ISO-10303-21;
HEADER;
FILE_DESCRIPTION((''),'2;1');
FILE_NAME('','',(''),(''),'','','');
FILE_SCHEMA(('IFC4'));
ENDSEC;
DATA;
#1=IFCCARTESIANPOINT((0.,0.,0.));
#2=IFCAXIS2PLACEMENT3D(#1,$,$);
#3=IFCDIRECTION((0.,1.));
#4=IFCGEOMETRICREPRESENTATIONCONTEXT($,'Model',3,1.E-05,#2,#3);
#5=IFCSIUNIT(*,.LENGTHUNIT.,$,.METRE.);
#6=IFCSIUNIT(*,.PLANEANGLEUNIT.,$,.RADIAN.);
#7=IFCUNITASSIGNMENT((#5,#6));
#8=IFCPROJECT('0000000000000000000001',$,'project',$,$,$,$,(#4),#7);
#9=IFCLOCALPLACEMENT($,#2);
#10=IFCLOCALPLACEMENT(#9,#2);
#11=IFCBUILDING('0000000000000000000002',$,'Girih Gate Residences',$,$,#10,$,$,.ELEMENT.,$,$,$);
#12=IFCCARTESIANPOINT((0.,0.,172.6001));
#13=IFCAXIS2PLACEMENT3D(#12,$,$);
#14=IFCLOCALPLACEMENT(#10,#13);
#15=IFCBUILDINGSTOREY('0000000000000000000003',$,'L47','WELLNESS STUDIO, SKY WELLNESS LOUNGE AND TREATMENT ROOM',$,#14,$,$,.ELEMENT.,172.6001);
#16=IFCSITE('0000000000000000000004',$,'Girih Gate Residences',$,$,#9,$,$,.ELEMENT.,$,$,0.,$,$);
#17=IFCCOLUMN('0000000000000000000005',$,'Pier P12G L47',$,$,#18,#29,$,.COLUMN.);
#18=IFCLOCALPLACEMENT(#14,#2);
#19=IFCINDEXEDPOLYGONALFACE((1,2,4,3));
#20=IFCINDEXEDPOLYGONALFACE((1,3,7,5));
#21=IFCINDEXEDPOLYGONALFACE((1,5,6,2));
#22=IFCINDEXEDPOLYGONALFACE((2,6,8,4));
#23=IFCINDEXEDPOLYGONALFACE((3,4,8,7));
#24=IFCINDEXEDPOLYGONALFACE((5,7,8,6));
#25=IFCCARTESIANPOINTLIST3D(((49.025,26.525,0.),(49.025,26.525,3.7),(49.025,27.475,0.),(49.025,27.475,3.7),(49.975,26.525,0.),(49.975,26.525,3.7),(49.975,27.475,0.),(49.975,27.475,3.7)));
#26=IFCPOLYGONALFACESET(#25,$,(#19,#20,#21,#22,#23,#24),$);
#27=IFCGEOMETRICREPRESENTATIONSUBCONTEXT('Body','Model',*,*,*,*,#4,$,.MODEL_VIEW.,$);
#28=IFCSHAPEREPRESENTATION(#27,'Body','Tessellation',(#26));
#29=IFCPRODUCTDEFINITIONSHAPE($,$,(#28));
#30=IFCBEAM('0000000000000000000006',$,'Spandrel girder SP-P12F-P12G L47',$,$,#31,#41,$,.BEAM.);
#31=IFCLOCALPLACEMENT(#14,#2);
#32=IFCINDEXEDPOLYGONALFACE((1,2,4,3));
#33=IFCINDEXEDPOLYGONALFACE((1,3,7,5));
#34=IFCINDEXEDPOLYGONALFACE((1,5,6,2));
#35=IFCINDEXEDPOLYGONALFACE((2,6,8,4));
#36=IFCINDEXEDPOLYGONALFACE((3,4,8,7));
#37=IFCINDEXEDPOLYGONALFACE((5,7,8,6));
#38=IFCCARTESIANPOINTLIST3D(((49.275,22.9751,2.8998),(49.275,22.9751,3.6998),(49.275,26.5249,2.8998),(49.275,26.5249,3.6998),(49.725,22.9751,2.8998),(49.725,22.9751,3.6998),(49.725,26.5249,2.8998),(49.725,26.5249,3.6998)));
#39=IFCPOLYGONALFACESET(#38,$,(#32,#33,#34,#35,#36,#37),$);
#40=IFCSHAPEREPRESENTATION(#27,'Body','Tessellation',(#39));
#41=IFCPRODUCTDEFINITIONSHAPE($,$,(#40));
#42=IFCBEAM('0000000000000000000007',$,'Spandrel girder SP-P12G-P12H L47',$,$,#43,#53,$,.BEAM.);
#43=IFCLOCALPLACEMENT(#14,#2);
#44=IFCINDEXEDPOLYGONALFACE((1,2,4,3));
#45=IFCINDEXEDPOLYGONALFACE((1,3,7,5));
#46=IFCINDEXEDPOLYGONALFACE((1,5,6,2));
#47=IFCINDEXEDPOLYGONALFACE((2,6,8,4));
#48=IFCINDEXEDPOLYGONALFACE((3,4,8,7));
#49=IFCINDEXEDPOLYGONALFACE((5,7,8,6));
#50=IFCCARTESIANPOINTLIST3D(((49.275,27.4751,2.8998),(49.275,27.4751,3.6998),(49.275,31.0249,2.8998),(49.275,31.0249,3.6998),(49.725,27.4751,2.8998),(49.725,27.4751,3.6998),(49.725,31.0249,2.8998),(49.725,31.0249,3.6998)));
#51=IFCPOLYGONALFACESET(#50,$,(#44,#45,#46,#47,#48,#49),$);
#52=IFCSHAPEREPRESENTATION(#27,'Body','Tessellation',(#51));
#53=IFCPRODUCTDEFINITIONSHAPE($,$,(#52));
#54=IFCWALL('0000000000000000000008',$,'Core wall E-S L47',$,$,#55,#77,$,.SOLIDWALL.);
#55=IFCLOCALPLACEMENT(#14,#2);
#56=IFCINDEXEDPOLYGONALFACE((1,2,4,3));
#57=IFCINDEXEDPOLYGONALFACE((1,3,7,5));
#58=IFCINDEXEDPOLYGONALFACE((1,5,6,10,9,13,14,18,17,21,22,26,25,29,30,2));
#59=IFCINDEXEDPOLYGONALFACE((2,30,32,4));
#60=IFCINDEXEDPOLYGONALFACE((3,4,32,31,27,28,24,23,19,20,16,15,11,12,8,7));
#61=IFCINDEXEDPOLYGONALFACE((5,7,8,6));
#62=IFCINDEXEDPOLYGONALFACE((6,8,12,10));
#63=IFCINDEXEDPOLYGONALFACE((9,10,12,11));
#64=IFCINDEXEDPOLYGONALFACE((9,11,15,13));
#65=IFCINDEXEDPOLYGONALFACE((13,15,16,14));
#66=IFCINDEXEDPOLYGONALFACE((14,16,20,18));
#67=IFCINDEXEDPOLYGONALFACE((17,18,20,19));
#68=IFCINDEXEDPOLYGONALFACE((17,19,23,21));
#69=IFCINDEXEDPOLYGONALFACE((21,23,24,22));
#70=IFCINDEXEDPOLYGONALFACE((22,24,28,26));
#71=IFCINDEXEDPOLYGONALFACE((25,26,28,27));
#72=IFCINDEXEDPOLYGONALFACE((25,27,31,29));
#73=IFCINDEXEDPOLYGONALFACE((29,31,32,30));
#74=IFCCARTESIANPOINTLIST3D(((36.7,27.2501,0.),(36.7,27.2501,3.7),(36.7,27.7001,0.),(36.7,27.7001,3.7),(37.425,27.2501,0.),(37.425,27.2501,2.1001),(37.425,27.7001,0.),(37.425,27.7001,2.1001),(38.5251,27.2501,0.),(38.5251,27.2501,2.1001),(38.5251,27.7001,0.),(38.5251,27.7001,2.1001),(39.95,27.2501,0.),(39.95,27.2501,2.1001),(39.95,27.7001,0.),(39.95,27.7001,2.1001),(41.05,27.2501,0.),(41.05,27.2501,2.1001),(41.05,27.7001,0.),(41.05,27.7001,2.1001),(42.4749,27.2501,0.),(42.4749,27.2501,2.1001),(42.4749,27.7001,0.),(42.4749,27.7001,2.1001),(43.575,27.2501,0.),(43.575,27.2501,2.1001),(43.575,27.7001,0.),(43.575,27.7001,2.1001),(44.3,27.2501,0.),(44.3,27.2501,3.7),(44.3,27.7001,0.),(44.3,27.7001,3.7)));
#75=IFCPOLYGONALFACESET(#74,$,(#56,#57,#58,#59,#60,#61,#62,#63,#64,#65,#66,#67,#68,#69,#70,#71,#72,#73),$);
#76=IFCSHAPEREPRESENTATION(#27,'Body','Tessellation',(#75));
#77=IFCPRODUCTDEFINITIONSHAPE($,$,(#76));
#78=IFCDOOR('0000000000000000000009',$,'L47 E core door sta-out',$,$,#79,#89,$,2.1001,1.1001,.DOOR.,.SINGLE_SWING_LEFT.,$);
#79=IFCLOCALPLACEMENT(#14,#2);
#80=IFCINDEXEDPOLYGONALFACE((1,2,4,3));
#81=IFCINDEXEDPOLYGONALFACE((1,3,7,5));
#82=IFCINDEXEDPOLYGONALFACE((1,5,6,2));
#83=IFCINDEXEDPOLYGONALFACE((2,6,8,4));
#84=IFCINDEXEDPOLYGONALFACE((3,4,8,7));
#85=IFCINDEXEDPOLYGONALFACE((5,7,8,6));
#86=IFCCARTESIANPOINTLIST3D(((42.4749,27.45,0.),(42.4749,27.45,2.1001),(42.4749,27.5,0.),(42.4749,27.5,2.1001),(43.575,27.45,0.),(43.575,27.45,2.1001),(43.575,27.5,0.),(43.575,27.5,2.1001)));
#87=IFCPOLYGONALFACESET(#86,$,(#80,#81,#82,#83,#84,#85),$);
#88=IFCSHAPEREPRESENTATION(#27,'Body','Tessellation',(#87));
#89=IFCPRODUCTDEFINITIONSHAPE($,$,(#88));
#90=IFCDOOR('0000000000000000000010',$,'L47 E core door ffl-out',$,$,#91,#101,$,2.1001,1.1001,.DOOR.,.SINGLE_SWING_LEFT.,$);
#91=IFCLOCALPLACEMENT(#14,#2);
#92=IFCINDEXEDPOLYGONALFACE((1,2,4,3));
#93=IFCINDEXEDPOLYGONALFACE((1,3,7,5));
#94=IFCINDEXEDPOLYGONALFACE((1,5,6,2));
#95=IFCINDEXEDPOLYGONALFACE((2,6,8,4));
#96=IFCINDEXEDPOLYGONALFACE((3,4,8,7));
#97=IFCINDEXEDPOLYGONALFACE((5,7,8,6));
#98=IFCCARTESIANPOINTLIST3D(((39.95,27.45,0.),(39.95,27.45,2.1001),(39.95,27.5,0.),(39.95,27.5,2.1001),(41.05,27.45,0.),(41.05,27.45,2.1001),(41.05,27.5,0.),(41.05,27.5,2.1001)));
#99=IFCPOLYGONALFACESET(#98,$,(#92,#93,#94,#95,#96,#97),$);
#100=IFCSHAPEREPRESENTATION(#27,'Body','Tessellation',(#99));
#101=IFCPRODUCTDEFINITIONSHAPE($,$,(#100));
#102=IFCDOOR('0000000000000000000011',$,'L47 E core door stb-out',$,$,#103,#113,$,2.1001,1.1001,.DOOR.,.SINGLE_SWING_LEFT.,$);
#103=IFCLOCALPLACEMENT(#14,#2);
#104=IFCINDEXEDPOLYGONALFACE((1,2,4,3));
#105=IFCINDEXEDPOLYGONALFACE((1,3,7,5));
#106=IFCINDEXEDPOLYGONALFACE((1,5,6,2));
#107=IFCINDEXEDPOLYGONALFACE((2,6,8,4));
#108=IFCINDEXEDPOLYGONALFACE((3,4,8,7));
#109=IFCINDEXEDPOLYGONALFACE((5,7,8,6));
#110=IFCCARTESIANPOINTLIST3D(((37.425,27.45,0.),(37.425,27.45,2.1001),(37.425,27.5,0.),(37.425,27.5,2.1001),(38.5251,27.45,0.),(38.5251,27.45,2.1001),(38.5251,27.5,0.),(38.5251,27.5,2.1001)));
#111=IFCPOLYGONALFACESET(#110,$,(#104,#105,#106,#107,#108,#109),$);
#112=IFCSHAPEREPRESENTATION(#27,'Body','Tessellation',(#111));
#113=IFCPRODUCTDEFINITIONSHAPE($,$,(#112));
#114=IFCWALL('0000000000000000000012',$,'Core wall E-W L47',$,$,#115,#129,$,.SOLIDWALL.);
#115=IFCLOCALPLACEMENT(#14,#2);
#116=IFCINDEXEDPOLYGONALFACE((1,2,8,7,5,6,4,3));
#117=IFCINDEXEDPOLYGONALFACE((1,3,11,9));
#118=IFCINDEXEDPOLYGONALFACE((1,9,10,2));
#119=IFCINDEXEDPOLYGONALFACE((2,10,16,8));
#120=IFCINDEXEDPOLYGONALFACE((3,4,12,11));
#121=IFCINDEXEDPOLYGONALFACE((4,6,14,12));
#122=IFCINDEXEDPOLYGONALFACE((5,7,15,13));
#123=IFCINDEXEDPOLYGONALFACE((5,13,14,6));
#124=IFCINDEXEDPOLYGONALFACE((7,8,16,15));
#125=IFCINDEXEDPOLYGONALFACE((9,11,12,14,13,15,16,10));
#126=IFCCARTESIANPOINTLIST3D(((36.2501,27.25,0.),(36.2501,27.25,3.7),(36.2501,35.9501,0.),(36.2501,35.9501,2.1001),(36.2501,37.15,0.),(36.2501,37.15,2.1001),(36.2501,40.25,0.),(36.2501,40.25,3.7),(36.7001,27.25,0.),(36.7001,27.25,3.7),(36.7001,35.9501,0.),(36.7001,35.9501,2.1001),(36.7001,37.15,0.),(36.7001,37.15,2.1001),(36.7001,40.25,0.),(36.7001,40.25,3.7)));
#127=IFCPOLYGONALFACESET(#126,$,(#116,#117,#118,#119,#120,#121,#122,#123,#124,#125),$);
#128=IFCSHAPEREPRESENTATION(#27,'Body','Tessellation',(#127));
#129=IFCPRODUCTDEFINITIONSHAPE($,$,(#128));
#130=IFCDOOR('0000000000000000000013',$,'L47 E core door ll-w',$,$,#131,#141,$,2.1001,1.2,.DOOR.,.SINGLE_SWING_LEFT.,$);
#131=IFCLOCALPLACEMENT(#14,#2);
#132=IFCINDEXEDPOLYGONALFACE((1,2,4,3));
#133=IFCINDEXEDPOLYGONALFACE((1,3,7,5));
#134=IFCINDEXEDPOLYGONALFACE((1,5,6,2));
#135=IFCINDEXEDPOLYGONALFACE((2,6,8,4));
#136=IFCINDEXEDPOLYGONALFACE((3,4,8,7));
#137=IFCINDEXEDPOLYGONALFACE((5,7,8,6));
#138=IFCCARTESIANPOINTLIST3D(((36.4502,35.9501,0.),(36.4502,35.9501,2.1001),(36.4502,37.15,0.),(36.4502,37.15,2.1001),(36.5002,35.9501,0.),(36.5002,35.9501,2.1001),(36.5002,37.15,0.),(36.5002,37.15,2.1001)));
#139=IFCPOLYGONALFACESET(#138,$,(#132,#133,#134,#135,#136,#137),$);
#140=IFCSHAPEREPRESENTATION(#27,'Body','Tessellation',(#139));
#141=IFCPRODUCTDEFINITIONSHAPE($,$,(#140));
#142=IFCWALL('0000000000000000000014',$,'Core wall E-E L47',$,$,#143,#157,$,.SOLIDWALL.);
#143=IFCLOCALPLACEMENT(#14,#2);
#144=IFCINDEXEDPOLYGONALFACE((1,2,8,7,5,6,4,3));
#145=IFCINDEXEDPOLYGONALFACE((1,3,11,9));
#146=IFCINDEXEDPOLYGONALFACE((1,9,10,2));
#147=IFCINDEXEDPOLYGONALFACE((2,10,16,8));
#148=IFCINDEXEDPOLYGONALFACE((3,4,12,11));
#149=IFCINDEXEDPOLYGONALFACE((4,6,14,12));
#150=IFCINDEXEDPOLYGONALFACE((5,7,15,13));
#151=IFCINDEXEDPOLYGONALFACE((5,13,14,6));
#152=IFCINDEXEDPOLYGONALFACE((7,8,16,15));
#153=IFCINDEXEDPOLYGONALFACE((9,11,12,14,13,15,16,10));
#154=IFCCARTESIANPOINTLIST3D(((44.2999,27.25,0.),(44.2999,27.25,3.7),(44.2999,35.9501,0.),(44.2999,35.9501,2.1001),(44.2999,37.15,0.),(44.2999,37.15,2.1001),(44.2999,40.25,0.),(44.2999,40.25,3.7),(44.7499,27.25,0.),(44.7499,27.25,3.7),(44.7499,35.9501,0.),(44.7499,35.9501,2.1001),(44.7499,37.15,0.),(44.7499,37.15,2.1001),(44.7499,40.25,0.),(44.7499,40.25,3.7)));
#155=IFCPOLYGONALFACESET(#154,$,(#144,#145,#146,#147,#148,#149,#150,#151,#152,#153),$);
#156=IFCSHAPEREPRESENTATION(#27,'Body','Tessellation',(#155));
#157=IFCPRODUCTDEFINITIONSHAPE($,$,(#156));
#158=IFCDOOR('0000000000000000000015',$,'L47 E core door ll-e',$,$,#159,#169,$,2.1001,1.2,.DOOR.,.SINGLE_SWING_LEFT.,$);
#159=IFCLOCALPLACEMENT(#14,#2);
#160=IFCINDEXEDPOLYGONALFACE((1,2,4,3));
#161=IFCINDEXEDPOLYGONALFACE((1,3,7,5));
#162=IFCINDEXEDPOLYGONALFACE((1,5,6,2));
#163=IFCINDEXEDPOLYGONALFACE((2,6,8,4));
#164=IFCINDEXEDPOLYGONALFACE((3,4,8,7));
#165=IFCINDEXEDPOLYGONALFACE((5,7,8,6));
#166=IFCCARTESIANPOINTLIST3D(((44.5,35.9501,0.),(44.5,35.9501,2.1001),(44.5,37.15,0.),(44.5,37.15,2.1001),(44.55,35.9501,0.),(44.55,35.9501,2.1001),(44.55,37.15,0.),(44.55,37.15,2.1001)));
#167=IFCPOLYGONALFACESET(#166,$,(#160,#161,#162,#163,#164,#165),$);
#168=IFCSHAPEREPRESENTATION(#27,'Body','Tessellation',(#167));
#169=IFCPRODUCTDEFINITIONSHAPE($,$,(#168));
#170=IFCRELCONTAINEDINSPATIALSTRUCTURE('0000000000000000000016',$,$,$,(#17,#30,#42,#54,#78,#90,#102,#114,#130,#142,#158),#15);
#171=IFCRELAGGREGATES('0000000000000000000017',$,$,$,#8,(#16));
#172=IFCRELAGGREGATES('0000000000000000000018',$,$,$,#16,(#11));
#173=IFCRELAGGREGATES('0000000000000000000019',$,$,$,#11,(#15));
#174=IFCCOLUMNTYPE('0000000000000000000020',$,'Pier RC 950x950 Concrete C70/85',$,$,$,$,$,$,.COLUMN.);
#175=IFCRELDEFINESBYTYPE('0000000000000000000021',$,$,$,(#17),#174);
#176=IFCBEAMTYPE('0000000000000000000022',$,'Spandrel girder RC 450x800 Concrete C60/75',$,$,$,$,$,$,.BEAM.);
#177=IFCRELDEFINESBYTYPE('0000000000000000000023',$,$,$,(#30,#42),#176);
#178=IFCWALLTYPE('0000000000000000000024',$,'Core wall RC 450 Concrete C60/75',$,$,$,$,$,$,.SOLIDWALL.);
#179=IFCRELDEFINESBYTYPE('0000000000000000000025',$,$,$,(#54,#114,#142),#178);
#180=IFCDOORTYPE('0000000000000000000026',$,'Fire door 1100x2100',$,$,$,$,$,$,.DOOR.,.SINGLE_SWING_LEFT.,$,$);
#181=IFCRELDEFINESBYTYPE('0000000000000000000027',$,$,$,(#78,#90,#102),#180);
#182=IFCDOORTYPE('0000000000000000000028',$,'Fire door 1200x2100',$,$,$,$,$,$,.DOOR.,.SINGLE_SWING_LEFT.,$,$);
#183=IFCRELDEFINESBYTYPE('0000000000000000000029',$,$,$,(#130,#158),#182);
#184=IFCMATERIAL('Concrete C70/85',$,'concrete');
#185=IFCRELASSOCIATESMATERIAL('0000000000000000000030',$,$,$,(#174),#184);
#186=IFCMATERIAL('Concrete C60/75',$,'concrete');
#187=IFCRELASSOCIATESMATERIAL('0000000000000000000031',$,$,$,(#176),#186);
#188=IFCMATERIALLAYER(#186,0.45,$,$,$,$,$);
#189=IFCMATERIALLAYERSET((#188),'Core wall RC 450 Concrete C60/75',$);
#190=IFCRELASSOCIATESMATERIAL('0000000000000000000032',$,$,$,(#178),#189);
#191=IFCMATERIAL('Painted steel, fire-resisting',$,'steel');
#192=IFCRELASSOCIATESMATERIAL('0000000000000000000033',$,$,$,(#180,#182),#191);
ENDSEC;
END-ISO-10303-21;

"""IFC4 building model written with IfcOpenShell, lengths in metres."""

from ifc_helpers import new_model, si_unit, direction, frame, frame_2d, origin, origin_2d, place, context, subcontext, project, spatial, rectangle, extrude, material, layer, layer_set, material_profile, profile_set, type_object, element, fill, save


model = new_model("IFC4")

# Units and contexts
model_context = context("Model", 3, precision=1e-05, world=origin(), true_north=direction((0.0, 1.0)))
body_context = subcontext(model_context, "Body", "Model", "MODEL_VIEW")
ifc_project = project(units=[si_unit("LENGTHUNIT", "METRE"), si_unit("PLANEANGLEUNIT", "RADIAN")], contexts=[model_context])

# Site, building, storey
site_placement = place(None, origin())
site = spatial("IfcSite", under=ifc_project, at=site_placement, Name="Girih Gate Residences", CompositionType="ELEMENT", RefElevation=0.0)
building_placement = place(site_placement, origin())
building = spatial("IfcBuilding", under=site, at=building_placement, Name="Girih Gate Residences", CompositionType="ELEMENT")
storey_placement = place(building_placement, frame((0.0, 0.0, 172.6001)))
storey = spatial("IfcBuildingStorey", under=building, at=storey_placement, Name="L47", Description="WELLNESS STUDIO, SKY WELLNESS LOUNGE AND TREATMENT ROOM", CompositionType="ELEMENT", Elevation=172.6001)

# Column
ifc_material_1 = material(Name="Concrete C70/85", Category="concrete")
ifc_material_profile_1 = material_profile(ifc_material_1, rectangle(XDim=0.95, YDim=0.95, at=origin_2d()))
ifc_profile_set_1 = profile_set([ifc_material_profile_1], Name="Concrete C70/85")
column_type = type_object("IfcColumnType", Name="Pier RC 950x950 Concrete C70/85", PredefinedType="COLUMN", material=ifc_profile_set_1)
column_placement = place(storey_placement, frame((49.5, 27.0, 0.0), z_axis=(0.0, 0.0, 1.0), x_axis=(1.0, 0.0, 0.0)))
element("IfcColumn", 1, at=column_placement, inside=storey, type_object=column_type, Name="Pier P12G L47", PredefinedType="COLUMN", context=body_context, shape_type="SweptSolid", body=[
    extrude(rectangle(XDim=0.95, YDim=0.95, at=origin_2d()), origin(), (0.0, 0.0, 1.0), 3.7),
])

# Beams
ifc_material_2 = material(Name="Concrete C60/75", Category="concrete")
ifc_material_profile_2 = material_profile(ifc_material_2, rectangle(XDim=0.45, YDim=0.8, at=origin_2d()))
ifc_profile_set_2 = profile_set([ifc_material_profile_2], Name="Concrete C60/75")
beam_type = type_object("IfcBeamType", Name="Spandrel girder RC 450x800 Concrete C60/75", PredefinedType="BEAM", material=ifc_profile_set_2)
for number, where, z_axis, x_axis, name in (
    (2, (49.5, 22.9751, 3.2998), (0.0, 1.0, 0.0), (-1.0, 0.0, 0.0), "Spandrel girder SP-P12F-P12G L47"),
    (3, (49.5, 27.4751, 3.2998), (0.0, 1.0, 0.0), (-1.0, 0.0, 0.0), "Spandrel girder SP-P12G-P12H L47"),
):
    element("IfcBeam", number, at=place(storey_placement, frame(where, z_axis=z_axis, x_axis=x_axis)), inside=storey, type_object=beam_type, Name=name, PredefinedType="BEAM", context=body_context, shape_type="SweptSolid", body=[
        extrude(rectangle(XDim=0.45, YDim=0.8, at=origin_2d()), origin(), (0.0, 0.0, 1.0), 3.5498),
    ])

# Wall, openings, doors
ifc_layer_1 = layer(ifc_material_2, 0.45)
ifc_layer_set_1 = layer_set([ifc_layer_1], Name="Core wall RC 450 Concrete C60/75")
wall_type_1 = type_object("IfcWallType", Name="Core wall RC 450 Concrete C60/75", PredefinedType="SOLIDWALL", material=ifc_layer_set_1)
wall_1_placement = place(storey_placement, frame((36.7, 27.4751, 0.0), z_axis=(0.0, 0.0, 1.0), x_axis=(1.0, 0.0, 0.0)))
wall_1 = element("IfcWall", 4, at=wall_1_placement, inside=storey, type_object=wall_type_1, Name="Core wall E-S L47", PredefinedType="SOLIDWALL", context=body_context, shape_type="SweptSolid", body=[
    extrude(rectangle(XDim=7.6001, YDim=0.45, at=frame_2d((3.8, 0.0))), origin(), (0.0, 0.0, 1.0), 3.7),
])
opening_1_placement = place(wall_1_placement, frame((5.7749, 0.0, 0.0)))
opening_1 = element("IfcOpeningElement", 5, at=opening_1_placement, cuts=wall_1, PredefinedType="OPENING", context=body_context, shape_type="SweptSolid", body=[
    extrude(rectangle(XDim=1.1001, YDim=2.1001, at=frame_2d((0.55, 1.05))), frame((0.0, 0.2349, 0.0), z_axis=(0.0, -1.0, 0.0), x_axis=(1.0, 0.0, 0.0)), (0.0, 0.0, 1.0), 0.47),
])
opening_2_placement = place(wall_1_placement, frame((3.25, 0.0, 0.0)))
opening_2 = element("IfcOpeningElement", 6, at=opening_2_placement, cuts=wall_1, PredefinedType="OPENING", context=body_context, shape_type="SweptSolid", body=[
    extrude(rectangle(XDim=1.1001, YDim=2.1001, at=frame_2d((0.55, 1.05))), frame((0.0, 0.2349, 0.0), z_axis=(0.0, -1.0, 0.0), x_axis=(1.0, 0.0, 0.0)), (0.0, 0.0, 1.0), 0.47),
])
opening_3_placement = place(wall_1_placement, frame((0.7251, 0.0, 0.0)))
opening_3 = element("IfcOpeningElement", 7, at=opening_3_placement, cuts=wall_1, PredefinedType="OPENING", context=body_context, shape_type="SweptSolid", body=[
    extrude(rectangle(XDim=1.1001, YDim=2.1001, at=frame_2d((0.55, 1.05))), frame((0.0, 0.2349, 0.0), z_axis=(0.0, -1.0, 0.0), x_axis=(1.0, 0.0, 0.0)), (0.0, 0.0, 1.0), 0.47),
])
ifc_material_3 = material(Name="Painted steel, fire-resisting", Category="steel")
door_type_1 = type_object("IfcDoorType", Name="Fire door 1100x2100", OperationType="SINGLE_SWING_LEFT", PredefinedType="DOOR", material=ifc_material_3)
door_1_placement = place(opening_1_placement, origin())
door_1 = element("IfcDoor", 8, at=door_1_placement, inside=storey, type_object=door_type_1, Name="L47 E core door sta-out", OperationType="SINGLE_SWING_LEFT", OverallHeight=2.1001, OverallWidth=1.1001, PredefinedType="DOOR", context=body_context, shape_type="SweptSolid", body=[
    extrude(rectangle(XDim=1.1001, YDim=2.1001, at=frame_2d((0.55, 1.05))), frame((0.0, 0.0249, 0.0), z_axis=(0.0, -1.0, 0.0), x_axis=(1.0, 0.0, 0.0)), (0.0, 0.0, 1.0), 0.05),
])
fill(opening_1, door_1)
door_2_placement = place(opening_2_placement, origin())
door_2 = element("IfcDoor", 9, at=door_2_placement, inside=storey, type_object=door_type_1, Name="L47 E core door ffl-out", OperationType="SINGLE_SWING_LEFT", OverallHeight=2.1001, OverallWidth=1.1001, PredefinedType="DOOR", context=body_context, shape_type="SweptSolid", body=[
    extrude(rectangle(XDim=1.1001, YDim=2.1001, at=frame_2d((0.55, 1.05))), frame((0.0, 0.0249, 0.0), z_axis=(0.0, -1.0, 0.0), x_axis=(1.0, 0.0, 0.0)), (0.0, 0.0, 1.0), 0.05),
])
fill(opening_2, door_2)
door_3_placement = place(opening_3_placement, origin())
door_3 = element("IfcDoor", 10, at=door_3_placement, inside=storey, type_object=door_type_1, Name="L47 E core door stb-out", OperationType="SINGLE_SWING_LEFT", OverallHeight=2.1001, OverallWidth=1.1001, PredefinedType="DOOR", context=body_context, shape_type="SweptSolid", body=[
    extrude(rectangle(XDim=1.1001, YDim=2.1001, at=frame_2d((0.55, 1.05))), frame((0.0, 0.0249, 0.0), z_axis=(0.0, -1.0, 0.0), x_axis=(1.0, 0.0, 0.0)), (0.0, 0.0, 1.0), 0.05),
])
fill(opening_3, door_3)

# Walls, openings, doors
wall_2_placement = place(storey_placement, frame((36.4751, 27.25, 0.0), z_axis=(0.0, 0.0, 1.0), x_axis=(0.0, 1.0, 0.0)))
wall_2 = element("IfcWall", 11, at=wall_2_placement, inside=storey, type_object=wall_type_1, Name="Core wall E-W L47", PredefinedType="SOLIDWALL", context=body_context, shape_type="SweptSolid", body=[
    extrude(rectangle(XDim=13.0, YDim=0.45, at=frame_2d((6.5, 0.0))), origin(), (0.0, 0.0, 1.0), 3.7),
])
opening_4_placement = place(wall_2_placement, frame((8.7, 0.0, 0.0)))
opening_4 = element("IfcOpeningElement", 12, at=opening_4_placement, cuts=wall_2, PredefinedType="OPENING", context=body_context, shape_type="SweptSolid", body=[
    extrude(rectangle(XDim=1.2, YDim=2.1001, at=frame_2d((0.6001, 1.05))), frame((0.0, 0.2349, 0.0), z_axis=(0.0, -1.0, 0.0), x_axis=(1.0, 0.0, 0.0)), (0.0, 0.0, 1.0), 0.47),
])
door_type_2 = type_object("IfcDoorType", Name="Fire door 1200x2100", OperationType="SINGLE_SWING_LEFT", PredefinedType="DOOR", material=ifc_material_3)
door_4_placement = place(opening_4_placement, origin())
door_4 = element("IfcDoor", 13, at=door_4_placement, inside=storey, type_object=door_type_2, Name="L47 E core door ll-w", OperationType="SINGLE_SWING_LEFT", OverallHeight=2.1001, OverallWidth=1.2, PredefinedType="DOOR", context=body_context, shape_type="SweptSolid", body=[
    extrude(rectangle(XDim=1.2, YDim=2.1001, at=frame_2d((0.6001, 1.05))), frame((0.0, 0.0249, 0.0), z_axis=(0.0, -1.0, 0.0), x_axis=(1.0, 0.0, 0.0)), (0.0, 0.0, 1.0), 0.05),
])
fill(opening_4, door_4)
wall_3_placement = place(storey_placement, frame((44.5249, 27.25, 0.0), z_axis=(0.0, 0.0, 1.0), x_axis=(0.0, 1.0, 0.0)))
wall_3 = element("IfcWall", 14, at=wall_3_placement, inside=storey, type_object=wall_type_1, Name="Core wall E-E L47", PredefinedType="SOLIDWALL", context=body_context, shape_type="SweptSolid", body=[
    extrude(rectangle(XDim=13.0, YDim=0.45, at=frame_2d((6.5, 0.0))), origin(), (0.0, 0.0, 1.0), 3.7),
])
opening_5_placement = place(wall_3_placement, frame((8.7, 0.0, 0.0)))
opening_5 = element("IfcOpeningElement", 15, at=opening_5_placement, cuts=wall_3, PredefinedType="OPENING", context=body_context, shape_type="SweptSolid", body=[
    extrude(rectangle(XDim=1.2, YDim=2.1001, at=frame_2d((0.6001, 1.05))), frame((0.0, 0.2349, 0.0), z_axis=(0.0, -1.0, 0.0), x_axis=(1.0, 0.0, 0.0)), (0.0, 0.0, 1.0), 0.47),
])
door_5_placement = place(opening_5_placement, origin())
door_5 = element("IfcDoor", 16, at=door_5_placement, inside=storey, type_object=door_type_2, Name="L47 E core door ll-e", OperationType="SINGLE_SWING_LEFT", OverallHeight=2.1001, OverallWidth=1.2, PredefinedType="DOOR", context=body_context, shape_type="SweptSolid", body=[
    extrude(rectangle(XDim=1.2, YDim=2.1001, at=frame_2d((0.6001, 1.05))), frame((0.0, 0.0249, 0.0), z_axis=(0.0, -1.0, 0.0), x_axis=(1.0, 0.0, 0.0)), (0.0, 0.0, 1.0), 0.05),
])
fill(opening_5, door_5)

save(model, "model.ifc")
